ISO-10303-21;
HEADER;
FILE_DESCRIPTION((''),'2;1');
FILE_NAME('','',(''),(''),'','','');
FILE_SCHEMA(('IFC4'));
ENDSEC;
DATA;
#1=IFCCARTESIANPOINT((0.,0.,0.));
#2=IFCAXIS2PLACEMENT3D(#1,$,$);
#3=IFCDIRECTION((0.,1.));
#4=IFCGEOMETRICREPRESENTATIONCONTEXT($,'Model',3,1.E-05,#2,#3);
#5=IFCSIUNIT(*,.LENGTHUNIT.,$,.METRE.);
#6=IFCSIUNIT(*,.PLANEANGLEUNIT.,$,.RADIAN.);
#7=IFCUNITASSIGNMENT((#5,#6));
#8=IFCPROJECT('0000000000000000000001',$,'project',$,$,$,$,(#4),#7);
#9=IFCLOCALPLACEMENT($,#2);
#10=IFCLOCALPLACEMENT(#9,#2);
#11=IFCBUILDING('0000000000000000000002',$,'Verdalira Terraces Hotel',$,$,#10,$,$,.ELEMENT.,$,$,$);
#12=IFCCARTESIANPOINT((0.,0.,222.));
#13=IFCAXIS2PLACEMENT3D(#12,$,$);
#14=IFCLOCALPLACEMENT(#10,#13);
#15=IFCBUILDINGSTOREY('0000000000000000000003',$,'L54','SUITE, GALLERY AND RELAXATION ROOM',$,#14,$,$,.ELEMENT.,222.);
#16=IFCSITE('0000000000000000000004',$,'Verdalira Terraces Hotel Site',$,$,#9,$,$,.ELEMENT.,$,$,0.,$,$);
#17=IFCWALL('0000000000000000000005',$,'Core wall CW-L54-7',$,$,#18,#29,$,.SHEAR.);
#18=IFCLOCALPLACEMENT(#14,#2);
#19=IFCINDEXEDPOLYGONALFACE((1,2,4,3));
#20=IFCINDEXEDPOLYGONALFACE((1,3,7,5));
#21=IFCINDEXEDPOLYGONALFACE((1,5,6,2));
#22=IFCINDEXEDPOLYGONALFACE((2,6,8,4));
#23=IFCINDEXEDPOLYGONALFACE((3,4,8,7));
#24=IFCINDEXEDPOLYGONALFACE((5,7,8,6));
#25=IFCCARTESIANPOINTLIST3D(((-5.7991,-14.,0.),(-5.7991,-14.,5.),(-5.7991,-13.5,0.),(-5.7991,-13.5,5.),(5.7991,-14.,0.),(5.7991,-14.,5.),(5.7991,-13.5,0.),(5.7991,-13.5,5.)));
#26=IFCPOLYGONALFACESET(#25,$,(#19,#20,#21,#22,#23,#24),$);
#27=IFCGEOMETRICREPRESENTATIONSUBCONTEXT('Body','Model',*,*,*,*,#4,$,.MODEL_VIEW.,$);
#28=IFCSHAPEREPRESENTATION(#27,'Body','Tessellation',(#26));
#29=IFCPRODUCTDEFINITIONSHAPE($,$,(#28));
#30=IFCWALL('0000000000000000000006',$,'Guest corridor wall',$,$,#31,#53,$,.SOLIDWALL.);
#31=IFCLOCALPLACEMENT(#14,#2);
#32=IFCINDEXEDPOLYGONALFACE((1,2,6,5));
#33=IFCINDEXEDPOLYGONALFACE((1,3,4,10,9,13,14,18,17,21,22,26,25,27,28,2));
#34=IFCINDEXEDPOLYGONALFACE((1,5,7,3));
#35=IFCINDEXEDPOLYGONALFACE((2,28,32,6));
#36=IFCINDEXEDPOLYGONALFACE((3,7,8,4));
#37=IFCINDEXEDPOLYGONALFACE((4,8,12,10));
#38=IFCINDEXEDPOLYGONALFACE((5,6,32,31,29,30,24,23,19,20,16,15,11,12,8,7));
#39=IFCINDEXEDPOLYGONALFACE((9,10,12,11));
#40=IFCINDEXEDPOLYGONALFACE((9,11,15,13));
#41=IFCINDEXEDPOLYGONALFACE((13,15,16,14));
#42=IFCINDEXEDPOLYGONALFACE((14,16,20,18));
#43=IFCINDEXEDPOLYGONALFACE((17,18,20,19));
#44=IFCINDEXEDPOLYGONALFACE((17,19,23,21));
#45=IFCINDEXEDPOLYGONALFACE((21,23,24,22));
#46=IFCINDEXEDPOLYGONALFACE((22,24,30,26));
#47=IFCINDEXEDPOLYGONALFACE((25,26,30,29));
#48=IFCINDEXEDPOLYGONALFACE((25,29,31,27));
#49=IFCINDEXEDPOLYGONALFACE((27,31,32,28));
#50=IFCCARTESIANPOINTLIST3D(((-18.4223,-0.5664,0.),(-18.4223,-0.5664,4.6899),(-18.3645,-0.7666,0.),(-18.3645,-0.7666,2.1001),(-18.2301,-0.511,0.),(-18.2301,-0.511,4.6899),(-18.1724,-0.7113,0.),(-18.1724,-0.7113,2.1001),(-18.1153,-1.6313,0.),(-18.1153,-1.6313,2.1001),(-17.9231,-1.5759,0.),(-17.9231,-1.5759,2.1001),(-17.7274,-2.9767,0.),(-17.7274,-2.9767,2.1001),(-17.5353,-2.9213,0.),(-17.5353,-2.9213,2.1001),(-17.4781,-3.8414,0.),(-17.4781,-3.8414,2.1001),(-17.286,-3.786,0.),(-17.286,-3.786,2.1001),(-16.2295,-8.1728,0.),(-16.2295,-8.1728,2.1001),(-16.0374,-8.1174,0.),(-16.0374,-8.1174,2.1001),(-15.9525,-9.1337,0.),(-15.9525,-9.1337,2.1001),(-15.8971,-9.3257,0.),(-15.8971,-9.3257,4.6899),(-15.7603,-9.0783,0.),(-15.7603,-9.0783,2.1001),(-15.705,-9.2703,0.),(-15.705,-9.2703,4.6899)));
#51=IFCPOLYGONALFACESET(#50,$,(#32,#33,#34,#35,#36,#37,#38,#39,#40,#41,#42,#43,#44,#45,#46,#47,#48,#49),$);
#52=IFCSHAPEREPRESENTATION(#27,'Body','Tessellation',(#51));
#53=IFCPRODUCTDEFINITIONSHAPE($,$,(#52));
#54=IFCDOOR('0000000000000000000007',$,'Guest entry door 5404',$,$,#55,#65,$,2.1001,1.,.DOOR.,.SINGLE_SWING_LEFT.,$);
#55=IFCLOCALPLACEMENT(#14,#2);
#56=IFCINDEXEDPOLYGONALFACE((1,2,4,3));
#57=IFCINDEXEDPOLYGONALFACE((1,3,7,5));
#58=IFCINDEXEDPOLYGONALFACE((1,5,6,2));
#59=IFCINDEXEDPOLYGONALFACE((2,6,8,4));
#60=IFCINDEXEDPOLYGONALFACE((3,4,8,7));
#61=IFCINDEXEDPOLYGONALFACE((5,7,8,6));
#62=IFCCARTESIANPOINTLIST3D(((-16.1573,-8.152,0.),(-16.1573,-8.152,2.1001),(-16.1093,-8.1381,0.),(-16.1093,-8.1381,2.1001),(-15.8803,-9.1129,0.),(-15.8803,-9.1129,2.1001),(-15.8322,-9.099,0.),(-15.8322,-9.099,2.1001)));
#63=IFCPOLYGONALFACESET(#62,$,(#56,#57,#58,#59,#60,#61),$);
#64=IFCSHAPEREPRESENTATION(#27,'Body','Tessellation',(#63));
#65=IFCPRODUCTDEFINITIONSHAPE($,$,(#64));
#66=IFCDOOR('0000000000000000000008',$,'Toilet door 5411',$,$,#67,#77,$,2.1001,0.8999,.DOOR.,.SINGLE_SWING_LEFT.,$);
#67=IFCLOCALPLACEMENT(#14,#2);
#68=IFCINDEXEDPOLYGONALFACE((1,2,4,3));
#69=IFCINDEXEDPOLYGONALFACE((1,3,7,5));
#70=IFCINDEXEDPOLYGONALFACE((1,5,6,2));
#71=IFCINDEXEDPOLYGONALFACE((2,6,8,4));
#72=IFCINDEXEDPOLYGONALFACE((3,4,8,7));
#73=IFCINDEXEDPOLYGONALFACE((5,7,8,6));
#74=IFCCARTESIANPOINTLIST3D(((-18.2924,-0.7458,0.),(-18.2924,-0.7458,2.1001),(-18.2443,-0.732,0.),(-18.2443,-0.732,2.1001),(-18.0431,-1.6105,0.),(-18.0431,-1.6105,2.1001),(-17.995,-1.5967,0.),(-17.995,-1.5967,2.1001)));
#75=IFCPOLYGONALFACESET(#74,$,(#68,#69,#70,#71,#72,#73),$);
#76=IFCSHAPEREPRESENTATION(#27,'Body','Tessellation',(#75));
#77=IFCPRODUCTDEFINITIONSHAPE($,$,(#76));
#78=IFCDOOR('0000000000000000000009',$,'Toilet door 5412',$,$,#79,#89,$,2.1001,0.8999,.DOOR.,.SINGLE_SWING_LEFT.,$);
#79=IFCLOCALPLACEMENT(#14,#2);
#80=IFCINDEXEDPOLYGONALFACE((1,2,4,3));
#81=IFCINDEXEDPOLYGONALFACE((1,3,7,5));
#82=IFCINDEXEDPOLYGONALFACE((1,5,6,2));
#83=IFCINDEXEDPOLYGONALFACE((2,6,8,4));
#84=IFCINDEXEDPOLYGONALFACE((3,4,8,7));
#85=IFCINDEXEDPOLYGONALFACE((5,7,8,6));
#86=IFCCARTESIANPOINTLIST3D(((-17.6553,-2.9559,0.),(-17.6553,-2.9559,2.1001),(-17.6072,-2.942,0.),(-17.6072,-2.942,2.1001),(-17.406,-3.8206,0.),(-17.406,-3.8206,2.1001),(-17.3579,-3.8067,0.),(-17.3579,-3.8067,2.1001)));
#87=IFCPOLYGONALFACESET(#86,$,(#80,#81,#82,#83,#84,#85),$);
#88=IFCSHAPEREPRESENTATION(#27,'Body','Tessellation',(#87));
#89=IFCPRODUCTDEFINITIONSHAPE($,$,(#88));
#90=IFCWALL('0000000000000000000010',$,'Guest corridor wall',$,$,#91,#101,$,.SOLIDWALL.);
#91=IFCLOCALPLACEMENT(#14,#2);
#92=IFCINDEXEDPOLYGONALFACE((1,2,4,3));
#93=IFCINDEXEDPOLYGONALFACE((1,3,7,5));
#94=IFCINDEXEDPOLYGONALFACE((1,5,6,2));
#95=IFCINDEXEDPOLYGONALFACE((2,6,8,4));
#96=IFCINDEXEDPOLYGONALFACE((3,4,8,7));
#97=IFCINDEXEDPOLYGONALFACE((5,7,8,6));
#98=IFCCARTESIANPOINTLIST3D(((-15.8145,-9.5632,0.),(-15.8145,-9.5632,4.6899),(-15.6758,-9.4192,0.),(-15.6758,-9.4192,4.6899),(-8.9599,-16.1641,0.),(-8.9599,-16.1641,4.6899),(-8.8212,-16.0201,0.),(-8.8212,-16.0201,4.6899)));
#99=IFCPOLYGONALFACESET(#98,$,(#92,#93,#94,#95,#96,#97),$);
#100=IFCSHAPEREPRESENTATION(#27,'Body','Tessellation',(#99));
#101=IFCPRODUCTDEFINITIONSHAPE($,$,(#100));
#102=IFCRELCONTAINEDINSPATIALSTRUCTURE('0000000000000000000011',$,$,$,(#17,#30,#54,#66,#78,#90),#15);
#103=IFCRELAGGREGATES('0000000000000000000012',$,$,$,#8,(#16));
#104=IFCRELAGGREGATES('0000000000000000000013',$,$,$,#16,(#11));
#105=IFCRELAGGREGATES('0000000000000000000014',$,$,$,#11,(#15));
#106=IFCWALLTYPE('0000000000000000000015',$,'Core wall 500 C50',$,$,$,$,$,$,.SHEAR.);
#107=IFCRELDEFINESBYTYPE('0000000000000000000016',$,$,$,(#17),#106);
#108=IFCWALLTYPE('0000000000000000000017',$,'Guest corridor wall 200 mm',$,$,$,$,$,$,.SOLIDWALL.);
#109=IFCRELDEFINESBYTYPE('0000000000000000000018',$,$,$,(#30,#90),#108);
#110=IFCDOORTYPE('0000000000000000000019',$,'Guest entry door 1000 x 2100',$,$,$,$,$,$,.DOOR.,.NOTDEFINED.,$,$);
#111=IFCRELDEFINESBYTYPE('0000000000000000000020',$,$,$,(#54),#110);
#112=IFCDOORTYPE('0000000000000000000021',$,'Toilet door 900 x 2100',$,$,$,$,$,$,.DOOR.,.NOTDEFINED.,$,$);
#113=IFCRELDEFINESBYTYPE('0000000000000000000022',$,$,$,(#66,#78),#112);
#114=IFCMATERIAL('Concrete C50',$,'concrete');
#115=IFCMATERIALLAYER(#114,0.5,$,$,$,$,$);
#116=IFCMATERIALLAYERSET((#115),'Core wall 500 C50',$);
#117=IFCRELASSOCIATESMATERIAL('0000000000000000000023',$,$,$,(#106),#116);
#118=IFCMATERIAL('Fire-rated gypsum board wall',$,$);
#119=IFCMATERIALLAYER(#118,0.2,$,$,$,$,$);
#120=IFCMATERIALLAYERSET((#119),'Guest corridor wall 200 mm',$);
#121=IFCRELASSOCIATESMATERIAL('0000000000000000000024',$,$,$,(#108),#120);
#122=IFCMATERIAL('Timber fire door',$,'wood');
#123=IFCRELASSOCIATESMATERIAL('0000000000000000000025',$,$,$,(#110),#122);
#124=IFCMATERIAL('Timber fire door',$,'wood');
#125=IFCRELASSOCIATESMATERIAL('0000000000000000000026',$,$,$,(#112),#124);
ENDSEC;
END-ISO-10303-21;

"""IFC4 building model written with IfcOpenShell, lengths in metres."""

from ifc_helpers import new_model, si_unit, direction, frame, frame_2d, origin, place, context, subcontext, project, spatial, rectangle, extrude, material, layer, layer_set, type_object, element, fill, save


model = new_model("IFC4")

# Units and contexts
model_context = context("Model", 3, precision=1e-05, world=origin(), true_north=direction((0.0, 1.0)))
body_context = subcontext(model_context, "Body", "Model", "MODEL_VIEW")
ifc_project = project(units=[si_unit("LENGTHUNIT", "METRE"), si_unit("PLANEANGLEUNIT", "RADIAN")], contexts=[model_context])

# Site, building, storey
site_placement = place(None, origin())
site = spatial("IfcSite", under=ifc_project, at=site_placement, Name="Verdalira Terraces Hotel Site", CompositionType="ELEMENT", RefElevation=0.0)
building_placement = place(site_placement, origin())
building = spatial("IfcBuilding", under=site, at=building_placement, Name="Verdalira Terraces Hotel", CompositionType="ELEMENT")
storey_placement = place(building_placement, frame((0.0, 0.0, 222.0)))
storey = spatial("IfcBuildingStorey", under=building, at=storey_placement, Name="L54", Description="SUITE, GALLERY AND RELAXATION ROOM", CompositionType="ELEMENT", Elevation=222.0)

# Wall
ifc_material_1 = material(Name="Concrete C50", Category="concrete")
ifc_layer_1 = layer(ifc_material_1, 0.5)
ifc_layer_set_1 = layer_set([ifc_layer_1], Name="Core wall 500 C50")
wall_type_1 = type_object("IfcWallType", Name="Core wall 500 C50", PredefinedType="SHEAR", material=ifc_layer_set_1)
wall_1_placement = place(storey_placement, frame((-5.7991, -13.75, 0.0), z_axis=(0.0, 0.0, 1.0), x_axis=(1.0, 0.0, 0.0)))
element("IfcWall", 1, at=wall_1_placement, inside=storey, type_object=wall_type_1, Name="Core wall CW-L54-7", PredefinedType="SHEAR", context=body_context, shape_type="SweptSolid", body=[
    extrude(rectangle(XDim=11.5981, YDim=0.5, at=frame_2d((5.7991, 0.0))), origin(), (0.0, 0.0, 1.0), 5.0),
])

# Wall, openings, doors
ifc_material_2 = material(Name="Fire-rated gypsum board wall")
ifc_layer_2 = layer(ifc_material_2, 0.2)
ifc_layer_set_2 = layer_set([ifc_layer_2], Name="Guest corridor wall 200 mm")
wall_type_2 = type_object("IfcWallType", Name="Guest corridor wall 200 mm", PredefinedType="SOLIDWALL", material=ifc_layer_set_2)
wall_2_placement = place(storey_placement, frame((-15.801, -9.2981, 0.0), z_axis=(0.0, 0.0, 1.0), x_axis=(-0.277002, 0.960869, 0.0)))
wall_2 = element("IfcWall", 2, at=wall_2_placement, inside=storey, type_object=wall_type_2, Name="Guest corridor wall", PredefinedType="SOLIDWALL", context=body_context, shape_type="SweptSolid", body=[
    extrude(rectangle(XDim=9.116, YDim=0.2, at=frame_2d((4.5581, 0.0))), origin(), (0.0, 0.0, 1.0), 4.6899),
])
opening_1_placement = place(wall_2_placement, frame((0.2, 0.0, 0.0)))
opening_1 = element("IfcOpeningElement", 3, at=opening_1_placement, cuts=wall_2, PredefinedType="OPENING", context=body_context, shape_type="SweptSolid", body=[
    extrude(rectangle(XDim=1.0, YDim=2.1001, at=frame_2d((0.5, 1.05))), frame((0.0, 0.1099, 0.0), z_axis=(0.0, -1.0, 0.0), x_axis=(1.0, 0.0, 0.0)), (0.0, 0.0, 1.0), 0.22),
])
opening_2_placement = place(wall_2_placement, frame((8.0078, 0.0, 0.0)))
opening_2 = element("IfcOpeningElement", 4, at=opening_2_placement, cuts=wall_2, PredefinedType="OPENING", context=body_context, shape_type="SweptSolid", body=[
    extrude(rectangle(XDim=0.8999, YDim=2.1001, at=frame_2d((0.45, 1.05))), frame((0.0, 0.1099, 0.0), z_axis=(0.0, -1.0, 0.0), x_axis=(1.0, 0.0, 0.0)), (0.0, 0.0, 1.0), 0.22),
])
opening_3_placement = place(wall_2_placement, frame((5.7078, 0.0, 0.0)))
opening_3 = element("IfcOpeningElement", 5, at=opening_3_placement, cuts=wall_2, PredefinedType="OPENING", context=body_context, shape_type="SweptSolid", body=[
    extrude(rectangle(XDim=0.8999, YDim=2.1001, at=frame_2d((0.45, 1.05))), frame((0.0, 0.1099, 0.0), z_axis=(0.0, -1.0, 0.0), x_axis=(1.0, 0.0, 0.0)), (0.0, 0.0, 1.0), 0.22),
])
ifc_material_3 = material(Name="Timber fire door", Category="wood")
door_type_1 = type_object("IfcDoorType", Name="Guest entry door 1000 x 2100", OperationType="NOTDEFINED", PredefinedType="DOOR", material=ifc_material_3)
door_1_placement = place(opening_1_placement, origin())
door_1 = element("IfcDoor", 6, at=door_1_placement, inside=storey, type_object=door_type_1, Name="Guest entry door 5404", OperationType="SINGLE_SWING_LEFT", OverallHeight=2.1001, OverallWidth=1.0, PredefinedType="DOOR", context=body_context, shape_type="SweptSolid", body=[
    extrude(rectangle(XDim=1.0, YDim=2.1001, at=frame_2d((0.5, 1.05))), frame((0.0, 0.0249, 0.0), z_axis=(0.0, -1.0, 0.0), x_axis=(1.0, 0.0, 0.0)), (0.0, 0.0, 1.0), 0.05),
])
fill(opening_1, door_1)
ifc_material_4 = material(Name="Timber fire door", Category="wood")
door_type_2 = type_object("IfcDoorType", Name="Toilet door 900 x 2100", OperationType="NOTDEFINED", PredefinedType="DOOR", material=ifc_material_4)
door_2_placement = place(opening_2_placement, origin())
door_2 = element("IfcDoor", 7, at=door_2_placement, inside=storey, type_object=door_type_2, Name="Toilet door 5411", OperationType="SINGLE_SWING_LEFT", OverallHeight=2.1001, OverallWidth=0.8999, PredefinedType="DOOR", context=body_context, shape_type="SweptSolid", body=[
    extrude(rectangle(XDim=0.8999, YDim=2.1001, at=frame_2d((0.45, 1.05))), frame((0.0, 0.0249, 0.0), z_axis=(0.0, -1.0, 0.0), x_axis=(1.0, 0.0, 0.0)), (0.0, 0.0, 1.0), 0.05),
])
fill(opening_2, door_2)
door_3_placement = place(opening_3_placement, origin())
door_3 = element("IfcDoor", 8, at=door_3_placement, inside=storey, type_object=door_type_2, Name="Toilet door 5412", OperationType="SINGLE_SWING_LEFT", OverallHeight=2.1001, OverallWidth=0.8999, PredefinedType="DOOR", context=body_context, shape_type="SweptSolid", body=[
    extrude(rectangle(XDim=0.8999, YDim=2.1001, at=frame_2d((0.45, 1.05))), frame((0.0, 0.0249, 0.0), z_axis=(0.0, -1.0, 0.0), x_axis=(1.0, 0.0, 0.0)), (0.0, 0.0, 1.0), 0.05),
])
fill(opening_3, door_3)

# Wall
wall_3_placement = place(storey_placement, frame((-15.7451, -9.4912, 0.0), z_axis=(0.0, 0.0, 1.0), x_axis=(0.720309, -0.693653, 0.0)))
element("IfcWall", 9, at=wall_3_placement, inside=storey, type_object=wall_type_2, Name="Guest corridor wall", PredefinedType="SOLIDWALL", context=body_context, shape_type="SweptSolid", body=[
    extrude(rectangle(XDim=9.5161, YDim=0.2, at=frame_2d((4.7581, 0.0))), origin(), (0.0, 0.0, 1.0), 4.6899),
])

save(model, "model.ifc")
